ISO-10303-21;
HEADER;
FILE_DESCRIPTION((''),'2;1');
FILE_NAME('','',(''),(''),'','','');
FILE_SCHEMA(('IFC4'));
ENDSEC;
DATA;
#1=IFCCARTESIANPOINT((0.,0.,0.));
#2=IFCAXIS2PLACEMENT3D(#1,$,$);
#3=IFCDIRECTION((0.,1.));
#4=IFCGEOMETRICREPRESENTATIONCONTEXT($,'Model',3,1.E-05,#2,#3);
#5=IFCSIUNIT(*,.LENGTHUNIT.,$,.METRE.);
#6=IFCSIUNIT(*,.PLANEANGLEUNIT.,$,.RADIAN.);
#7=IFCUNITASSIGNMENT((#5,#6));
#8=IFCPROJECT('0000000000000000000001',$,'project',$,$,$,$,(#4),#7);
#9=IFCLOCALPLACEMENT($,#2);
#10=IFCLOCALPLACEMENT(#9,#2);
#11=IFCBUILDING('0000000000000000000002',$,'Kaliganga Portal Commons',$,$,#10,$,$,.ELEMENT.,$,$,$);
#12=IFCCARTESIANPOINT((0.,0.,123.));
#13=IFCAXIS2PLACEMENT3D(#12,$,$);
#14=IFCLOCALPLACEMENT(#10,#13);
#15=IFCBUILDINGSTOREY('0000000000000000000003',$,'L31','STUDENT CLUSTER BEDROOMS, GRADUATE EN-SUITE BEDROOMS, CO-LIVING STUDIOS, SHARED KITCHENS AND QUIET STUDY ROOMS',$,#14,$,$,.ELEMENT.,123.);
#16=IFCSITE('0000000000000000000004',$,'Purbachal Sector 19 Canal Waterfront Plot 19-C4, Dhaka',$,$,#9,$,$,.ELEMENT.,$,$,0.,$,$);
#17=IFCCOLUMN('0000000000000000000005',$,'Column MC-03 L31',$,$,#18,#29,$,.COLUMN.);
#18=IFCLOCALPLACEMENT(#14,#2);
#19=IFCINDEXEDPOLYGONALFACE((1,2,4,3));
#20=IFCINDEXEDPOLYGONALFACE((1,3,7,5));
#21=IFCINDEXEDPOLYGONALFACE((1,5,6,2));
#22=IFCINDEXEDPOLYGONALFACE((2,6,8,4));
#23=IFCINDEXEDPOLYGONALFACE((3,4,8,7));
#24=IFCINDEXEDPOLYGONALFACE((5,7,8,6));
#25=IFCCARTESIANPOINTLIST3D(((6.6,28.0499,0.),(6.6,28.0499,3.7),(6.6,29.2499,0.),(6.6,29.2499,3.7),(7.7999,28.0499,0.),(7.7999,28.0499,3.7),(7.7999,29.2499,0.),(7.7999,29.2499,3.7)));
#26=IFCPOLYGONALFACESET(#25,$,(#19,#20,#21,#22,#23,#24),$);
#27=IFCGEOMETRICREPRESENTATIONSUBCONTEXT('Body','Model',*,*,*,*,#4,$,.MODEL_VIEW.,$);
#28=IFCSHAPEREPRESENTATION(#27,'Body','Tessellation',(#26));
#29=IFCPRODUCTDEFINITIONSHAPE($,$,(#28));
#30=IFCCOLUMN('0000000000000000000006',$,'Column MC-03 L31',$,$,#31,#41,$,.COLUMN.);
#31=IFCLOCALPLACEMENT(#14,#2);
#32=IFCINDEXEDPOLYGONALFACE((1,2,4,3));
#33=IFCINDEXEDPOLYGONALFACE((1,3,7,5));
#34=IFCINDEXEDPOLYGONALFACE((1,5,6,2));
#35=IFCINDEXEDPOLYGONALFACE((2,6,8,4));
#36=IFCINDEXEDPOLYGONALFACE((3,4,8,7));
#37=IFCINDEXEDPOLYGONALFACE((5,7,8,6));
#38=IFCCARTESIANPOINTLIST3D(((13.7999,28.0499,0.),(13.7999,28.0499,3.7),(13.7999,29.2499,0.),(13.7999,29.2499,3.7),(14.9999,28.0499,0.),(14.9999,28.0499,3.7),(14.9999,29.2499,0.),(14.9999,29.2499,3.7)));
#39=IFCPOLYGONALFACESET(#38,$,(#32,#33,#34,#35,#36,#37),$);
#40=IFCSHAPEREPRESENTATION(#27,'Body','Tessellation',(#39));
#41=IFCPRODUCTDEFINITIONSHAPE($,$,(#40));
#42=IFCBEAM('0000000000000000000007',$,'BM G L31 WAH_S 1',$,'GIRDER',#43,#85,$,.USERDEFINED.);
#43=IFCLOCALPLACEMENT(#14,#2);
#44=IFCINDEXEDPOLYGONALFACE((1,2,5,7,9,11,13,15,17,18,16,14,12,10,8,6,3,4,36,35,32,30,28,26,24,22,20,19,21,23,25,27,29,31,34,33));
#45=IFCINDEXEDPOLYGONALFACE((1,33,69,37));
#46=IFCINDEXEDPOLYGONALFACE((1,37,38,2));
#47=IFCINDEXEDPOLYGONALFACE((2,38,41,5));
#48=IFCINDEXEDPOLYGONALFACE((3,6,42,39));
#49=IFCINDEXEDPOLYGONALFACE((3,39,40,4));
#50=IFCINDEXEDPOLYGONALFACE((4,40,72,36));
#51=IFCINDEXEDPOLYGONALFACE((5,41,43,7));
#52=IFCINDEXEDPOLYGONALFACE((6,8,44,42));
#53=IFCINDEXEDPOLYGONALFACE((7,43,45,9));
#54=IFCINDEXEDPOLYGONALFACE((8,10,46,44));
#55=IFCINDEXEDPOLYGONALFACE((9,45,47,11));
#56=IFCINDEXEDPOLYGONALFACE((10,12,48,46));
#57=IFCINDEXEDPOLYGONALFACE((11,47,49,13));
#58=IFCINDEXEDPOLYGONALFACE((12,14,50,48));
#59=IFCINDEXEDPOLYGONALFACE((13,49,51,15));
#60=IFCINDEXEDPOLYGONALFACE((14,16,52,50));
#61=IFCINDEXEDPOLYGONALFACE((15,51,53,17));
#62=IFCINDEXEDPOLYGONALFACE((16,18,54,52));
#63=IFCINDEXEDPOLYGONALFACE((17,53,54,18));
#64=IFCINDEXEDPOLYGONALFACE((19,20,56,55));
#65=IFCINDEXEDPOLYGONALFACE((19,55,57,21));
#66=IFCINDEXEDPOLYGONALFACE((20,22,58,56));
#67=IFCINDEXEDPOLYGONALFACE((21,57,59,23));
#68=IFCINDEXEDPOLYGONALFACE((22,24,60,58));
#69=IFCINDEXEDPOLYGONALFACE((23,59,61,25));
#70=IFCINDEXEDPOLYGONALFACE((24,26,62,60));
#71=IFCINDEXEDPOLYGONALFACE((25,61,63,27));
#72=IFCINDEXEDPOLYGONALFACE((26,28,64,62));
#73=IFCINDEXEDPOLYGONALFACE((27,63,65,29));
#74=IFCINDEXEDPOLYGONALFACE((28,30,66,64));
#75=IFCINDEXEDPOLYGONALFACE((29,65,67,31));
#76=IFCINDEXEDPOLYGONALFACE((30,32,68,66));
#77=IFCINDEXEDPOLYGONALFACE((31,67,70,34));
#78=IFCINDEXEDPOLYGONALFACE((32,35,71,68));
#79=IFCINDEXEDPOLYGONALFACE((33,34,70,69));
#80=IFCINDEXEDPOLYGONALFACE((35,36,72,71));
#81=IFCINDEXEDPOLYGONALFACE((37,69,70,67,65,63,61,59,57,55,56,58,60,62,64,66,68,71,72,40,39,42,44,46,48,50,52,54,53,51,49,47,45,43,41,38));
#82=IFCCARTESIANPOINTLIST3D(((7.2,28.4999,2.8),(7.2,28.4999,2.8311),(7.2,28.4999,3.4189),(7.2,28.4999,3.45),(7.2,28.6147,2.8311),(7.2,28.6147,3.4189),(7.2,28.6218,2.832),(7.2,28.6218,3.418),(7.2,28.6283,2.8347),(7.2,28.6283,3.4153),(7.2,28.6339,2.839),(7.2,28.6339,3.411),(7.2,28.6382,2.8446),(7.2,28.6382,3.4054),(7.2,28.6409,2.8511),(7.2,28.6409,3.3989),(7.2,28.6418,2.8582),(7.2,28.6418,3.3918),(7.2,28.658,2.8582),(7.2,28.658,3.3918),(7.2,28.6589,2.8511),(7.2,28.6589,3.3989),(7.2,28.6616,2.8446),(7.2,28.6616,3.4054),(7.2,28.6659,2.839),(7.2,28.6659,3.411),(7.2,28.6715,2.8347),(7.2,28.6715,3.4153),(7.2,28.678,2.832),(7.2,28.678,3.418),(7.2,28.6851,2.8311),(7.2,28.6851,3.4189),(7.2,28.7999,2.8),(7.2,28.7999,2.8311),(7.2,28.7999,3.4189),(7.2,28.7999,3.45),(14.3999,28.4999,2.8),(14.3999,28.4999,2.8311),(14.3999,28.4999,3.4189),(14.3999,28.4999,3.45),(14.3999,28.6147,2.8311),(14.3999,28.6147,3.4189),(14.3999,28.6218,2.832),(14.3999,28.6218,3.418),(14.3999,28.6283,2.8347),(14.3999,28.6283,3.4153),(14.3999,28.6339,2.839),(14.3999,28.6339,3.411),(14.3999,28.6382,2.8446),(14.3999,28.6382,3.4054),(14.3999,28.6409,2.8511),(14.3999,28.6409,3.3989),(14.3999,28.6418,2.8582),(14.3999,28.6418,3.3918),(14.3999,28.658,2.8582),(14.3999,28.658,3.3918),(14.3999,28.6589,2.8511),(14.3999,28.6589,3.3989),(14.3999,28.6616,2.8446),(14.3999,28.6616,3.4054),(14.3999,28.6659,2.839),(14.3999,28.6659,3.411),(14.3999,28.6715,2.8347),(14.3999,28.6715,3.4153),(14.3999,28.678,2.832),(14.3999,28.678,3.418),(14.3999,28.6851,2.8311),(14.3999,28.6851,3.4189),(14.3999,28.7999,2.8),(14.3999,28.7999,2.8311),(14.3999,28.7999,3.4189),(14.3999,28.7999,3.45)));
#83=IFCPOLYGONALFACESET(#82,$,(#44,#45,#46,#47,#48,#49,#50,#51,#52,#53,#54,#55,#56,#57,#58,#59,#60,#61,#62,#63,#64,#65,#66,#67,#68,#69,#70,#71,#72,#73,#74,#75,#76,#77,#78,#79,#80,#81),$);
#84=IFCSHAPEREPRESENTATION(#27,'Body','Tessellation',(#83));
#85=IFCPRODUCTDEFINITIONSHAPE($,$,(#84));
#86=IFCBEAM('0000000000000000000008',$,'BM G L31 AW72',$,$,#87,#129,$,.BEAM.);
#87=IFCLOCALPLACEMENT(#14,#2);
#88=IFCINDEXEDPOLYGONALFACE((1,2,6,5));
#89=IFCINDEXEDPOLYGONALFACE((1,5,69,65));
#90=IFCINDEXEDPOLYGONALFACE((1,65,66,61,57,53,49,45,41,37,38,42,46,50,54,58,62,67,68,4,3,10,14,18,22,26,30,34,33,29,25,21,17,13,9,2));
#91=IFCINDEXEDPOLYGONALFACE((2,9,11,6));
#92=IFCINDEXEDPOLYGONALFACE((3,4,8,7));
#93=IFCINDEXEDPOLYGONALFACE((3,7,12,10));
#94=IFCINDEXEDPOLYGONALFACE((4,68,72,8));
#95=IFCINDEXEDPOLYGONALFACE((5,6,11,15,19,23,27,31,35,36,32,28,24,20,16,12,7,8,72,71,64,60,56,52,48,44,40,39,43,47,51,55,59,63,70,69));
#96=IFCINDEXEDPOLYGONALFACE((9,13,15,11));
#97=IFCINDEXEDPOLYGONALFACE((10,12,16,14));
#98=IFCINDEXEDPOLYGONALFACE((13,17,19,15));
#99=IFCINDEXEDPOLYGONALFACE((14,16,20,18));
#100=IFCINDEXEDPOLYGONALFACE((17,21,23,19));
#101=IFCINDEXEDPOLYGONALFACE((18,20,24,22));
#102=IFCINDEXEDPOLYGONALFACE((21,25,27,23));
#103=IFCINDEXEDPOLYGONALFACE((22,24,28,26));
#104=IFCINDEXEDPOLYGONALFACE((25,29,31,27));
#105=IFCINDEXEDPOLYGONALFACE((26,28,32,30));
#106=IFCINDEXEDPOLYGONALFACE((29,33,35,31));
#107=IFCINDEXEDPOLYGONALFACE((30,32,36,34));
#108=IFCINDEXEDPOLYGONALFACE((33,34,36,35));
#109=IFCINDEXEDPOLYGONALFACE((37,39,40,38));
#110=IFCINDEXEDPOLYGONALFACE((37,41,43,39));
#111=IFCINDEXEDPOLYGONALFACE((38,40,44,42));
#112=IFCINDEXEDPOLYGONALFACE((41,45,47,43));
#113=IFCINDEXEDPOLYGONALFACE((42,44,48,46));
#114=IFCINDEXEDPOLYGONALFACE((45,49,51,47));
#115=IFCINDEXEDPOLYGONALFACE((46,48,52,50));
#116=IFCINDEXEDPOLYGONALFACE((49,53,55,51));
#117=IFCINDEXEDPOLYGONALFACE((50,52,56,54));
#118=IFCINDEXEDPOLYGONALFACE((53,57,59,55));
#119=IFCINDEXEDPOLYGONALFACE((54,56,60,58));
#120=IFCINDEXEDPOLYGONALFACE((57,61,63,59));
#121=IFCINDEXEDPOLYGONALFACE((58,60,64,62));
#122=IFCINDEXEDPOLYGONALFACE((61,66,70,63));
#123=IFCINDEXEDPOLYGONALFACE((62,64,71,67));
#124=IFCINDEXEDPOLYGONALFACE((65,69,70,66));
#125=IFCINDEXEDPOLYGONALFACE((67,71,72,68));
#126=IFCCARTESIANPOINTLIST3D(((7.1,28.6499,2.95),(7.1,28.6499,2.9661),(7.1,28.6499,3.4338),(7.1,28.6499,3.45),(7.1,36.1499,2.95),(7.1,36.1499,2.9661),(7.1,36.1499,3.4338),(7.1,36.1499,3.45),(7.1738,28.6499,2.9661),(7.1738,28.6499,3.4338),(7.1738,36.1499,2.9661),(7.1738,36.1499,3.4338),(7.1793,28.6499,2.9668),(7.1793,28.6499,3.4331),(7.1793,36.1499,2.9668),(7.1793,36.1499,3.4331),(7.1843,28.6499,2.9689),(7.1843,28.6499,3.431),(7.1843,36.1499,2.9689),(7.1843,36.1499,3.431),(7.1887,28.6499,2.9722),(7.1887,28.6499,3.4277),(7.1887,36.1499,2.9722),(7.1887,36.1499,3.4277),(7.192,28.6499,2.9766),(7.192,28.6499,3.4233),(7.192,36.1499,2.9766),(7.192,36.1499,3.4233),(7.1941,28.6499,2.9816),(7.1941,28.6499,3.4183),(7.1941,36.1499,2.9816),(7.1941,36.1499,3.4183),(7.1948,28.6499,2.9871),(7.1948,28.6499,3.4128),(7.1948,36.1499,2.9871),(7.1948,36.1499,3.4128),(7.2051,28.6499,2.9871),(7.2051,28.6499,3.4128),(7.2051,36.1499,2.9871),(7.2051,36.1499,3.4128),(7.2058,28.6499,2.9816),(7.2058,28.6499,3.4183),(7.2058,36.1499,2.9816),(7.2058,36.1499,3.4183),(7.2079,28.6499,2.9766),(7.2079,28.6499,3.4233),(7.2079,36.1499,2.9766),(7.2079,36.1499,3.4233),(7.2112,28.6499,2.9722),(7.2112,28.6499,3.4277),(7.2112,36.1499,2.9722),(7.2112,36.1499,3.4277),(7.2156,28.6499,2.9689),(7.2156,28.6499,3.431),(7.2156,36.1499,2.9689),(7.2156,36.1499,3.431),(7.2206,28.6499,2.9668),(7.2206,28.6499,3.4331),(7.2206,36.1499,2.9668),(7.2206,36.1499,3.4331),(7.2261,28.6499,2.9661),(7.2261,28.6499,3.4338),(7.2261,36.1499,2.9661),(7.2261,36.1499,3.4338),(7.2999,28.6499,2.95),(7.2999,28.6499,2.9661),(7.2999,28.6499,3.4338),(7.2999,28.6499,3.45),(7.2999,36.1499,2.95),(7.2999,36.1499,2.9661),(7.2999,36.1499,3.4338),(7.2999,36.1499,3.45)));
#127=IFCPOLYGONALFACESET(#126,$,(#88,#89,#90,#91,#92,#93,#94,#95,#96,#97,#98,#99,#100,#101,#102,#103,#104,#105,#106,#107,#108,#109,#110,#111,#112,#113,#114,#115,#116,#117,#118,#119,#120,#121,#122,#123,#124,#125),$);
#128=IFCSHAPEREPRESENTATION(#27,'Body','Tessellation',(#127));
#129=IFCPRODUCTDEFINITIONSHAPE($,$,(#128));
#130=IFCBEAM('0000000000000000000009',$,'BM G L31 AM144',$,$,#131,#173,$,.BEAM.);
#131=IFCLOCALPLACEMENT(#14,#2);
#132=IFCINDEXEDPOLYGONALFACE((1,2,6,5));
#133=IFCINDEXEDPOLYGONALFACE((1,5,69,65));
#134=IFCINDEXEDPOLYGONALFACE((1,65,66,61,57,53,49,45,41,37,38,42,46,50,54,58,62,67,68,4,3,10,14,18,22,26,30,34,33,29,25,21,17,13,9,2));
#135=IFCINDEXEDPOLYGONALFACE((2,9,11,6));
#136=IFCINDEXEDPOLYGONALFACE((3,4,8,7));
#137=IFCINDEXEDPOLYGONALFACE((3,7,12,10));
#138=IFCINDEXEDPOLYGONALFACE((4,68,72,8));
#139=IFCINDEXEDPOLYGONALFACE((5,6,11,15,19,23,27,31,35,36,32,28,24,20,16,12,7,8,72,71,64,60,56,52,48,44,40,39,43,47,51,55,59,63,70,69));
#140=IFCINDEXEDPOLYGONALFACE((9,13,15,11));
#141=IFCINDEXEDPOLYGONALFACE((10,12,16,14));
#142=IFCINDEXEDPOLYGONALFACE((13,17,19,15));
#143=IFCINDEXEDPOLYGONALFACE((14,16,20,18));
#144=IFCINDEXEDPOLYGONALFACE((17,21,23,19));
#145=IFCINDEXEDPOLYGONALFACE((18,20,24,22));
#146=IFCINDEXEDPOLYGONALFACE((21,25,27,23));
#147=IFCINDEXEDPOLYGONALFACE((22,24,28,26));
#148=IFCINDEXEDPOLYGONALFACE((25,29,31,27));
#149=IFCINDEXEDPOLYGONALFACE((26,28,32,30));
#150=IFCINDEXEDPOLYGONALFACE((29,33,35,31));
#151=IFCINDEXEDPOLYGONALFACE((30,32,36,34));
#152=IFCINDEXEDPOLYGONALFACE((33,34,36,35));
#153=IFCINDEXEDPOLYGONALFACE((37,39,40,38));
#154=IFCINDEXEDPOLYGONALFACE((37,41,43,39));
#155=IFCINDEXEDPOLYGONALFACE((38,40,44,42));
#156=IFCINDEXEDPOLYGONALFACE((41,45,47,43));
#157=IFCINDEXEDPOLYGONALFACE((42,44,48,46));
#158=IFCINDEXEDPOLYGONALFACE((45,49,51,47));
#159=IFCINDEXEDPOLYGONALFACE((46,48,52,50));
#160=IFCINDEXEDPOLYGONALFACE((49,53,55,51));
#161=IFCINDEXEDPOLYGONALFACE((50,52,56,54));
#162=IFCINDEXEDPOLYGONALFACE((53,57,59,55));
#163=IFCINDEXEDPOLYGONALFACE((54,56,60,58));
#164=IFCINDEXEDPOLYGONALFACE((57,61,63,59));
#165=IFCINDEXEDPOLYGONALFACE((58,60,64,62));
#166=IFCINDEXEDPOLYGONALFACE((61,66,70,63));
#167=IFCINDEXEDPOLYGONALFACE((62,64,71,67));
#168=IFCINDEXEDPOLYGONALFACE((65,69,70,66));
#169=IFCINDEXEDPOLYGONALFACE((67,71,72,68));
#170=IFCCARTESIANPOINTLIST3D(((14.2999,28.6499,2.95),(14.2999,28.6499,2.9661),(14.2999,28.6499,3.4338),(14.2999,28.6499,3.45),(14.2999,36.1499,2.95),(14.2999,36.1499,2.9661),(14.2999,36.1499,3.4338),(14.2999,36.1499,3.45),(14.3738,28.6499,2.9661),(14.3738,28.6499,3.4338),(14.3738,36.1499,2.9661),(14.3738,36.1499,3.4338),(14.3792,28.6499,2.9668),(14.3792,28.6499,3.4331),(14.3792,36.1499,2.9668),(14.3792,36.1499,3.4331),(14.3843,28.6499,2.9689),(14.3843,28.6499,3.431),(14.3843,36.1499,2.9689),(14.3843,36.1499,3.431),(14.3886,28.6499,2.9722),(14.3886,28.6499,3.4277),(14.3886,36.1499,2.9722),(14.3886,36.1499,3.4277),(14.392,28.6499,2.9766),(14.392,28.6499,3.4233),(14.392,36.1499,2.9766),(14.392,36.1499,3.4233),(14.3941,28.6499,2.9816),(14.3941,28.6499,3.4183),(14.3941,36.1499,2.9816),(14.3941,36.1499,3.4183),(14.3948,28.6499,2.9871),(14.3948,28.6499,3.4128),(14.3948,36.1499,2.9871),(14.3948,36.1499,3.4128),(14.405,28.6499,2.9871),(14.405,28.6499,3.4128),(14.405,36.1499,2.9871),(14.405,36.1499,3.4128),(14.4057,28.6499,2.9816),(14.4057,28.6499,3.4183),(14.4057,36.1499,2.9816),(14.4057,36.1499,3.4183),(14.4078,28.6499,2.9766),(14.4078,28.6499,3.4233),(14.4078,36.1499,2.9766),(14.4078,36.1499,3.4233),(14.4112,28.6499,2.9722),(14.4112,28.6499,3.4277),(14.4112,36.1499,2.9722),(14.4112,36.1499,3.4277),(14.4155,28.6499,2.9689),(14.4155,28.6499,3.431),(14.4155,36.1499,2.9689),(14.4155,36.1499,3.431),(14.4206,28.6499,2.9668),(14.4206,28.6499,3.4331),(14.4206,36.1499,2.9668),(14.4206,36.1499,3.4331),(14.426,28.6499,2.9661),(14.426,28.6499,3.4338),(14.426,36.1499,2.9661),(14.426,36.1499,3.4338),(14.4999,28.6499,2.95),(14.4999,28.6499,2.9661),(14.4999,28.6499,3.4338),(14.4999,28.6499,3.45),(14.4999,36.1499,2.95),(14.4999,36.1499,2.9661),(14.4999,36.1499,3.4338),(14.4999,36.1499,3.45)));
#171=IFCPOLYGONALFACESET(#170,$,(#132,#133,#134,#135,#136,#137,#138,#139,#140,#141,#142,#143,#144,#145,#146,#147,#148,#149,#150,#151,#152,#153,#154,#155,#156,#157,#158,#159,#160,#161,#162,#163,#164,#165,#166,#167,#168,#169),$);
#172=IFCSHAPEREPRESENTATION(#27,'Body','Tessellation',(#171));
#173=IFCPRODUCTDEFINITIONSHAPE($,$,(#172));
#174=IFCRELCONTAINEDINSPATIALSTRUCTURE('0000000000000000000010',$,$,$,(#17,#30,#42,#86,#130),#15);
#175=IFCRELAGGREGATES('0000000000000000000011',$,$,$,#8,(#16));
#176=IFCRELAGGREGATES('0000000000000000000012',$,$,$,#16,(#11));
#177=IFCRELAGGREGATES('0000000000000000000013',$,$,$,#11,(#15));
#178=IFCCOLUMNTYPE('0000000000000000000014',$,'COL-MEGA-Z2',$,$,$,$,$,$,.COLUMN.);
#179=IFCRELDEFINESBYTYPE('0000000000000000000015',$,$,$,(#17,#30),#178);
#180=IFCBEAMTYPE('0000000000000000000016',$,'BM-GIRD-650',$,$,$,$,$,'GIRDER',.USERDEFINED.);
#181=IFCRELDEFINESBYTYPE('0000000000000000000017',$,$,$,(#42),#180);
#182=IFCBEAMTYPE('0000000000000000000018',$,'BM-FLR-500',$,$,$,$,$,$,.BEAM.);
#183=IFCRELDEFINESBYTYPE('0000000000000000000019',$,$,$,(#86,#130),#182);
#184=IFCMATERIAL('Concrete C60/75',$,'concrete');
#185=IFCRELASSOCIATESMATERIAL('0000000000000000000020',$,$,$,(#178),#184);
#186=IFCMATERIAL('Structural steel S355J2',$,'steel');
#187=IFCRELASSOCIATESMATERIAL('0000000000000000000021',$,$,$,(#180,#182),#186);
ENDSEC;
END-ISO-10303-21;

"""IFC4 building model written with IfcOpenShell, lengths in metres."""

from ifc_helpers import new_model, si_unit, direction, frame, origin, origin_2d, place, context, subcontext, project, spatial, rectangle, i_section, extrude, source, transform, mapped, material, material_profile, profile_set, type_object, element, save


model = new_model("IFC4")

# Units and contexts
model_context = context("Model", 3, precision=1e-05, world=origin(), true_north=direction((0.0, 1.0)))
body_context = subcontext(model_context, "Body", "Model", "MODEL_VIEW")
ifc_project = project(units=[si_unit("LENGTHUNIT", "METRE"), si_unit("PLANEANGLEUNIT", "RADIAN")], contexts=[model_context])

# Site, building, storey
site_placement = place(None, origin())
site = spatial("IfcSite", under=ifc_project, at=site_placement, Name="Purbachal Sector 19 Canal Waterfront Plot 19-C4, Dhaka", CompositionType="ELEMENT", RefElevation=0.0)
building_placement = place(site_placement, origin())
building = spatial("IfcBuilding", under=site, at=building_placement, Name="Kaliganga Portal Commons", CompositionType="ELEMENT")
storey_placement = place(building_placement, frame((0.0, 0.0, 123.0)))
storey = spatial("IfcBuildingStorey", under=building, at=storey_placement, Name="L31", Description="STUDENT CLUSTER BEDROOMS, GRADUATE EN-SUITE BEDROOMS, CO-LIVING STUDIOS, SHARED KITCHENS AND QUIET STUDY ROOMS", CompositionType="ELEMENT", Elevation=123.0)

# Columns
ifc_material_1 = material(Name="Concrete C60/75", Category="concrete")
ifc_material_profile_1 = material_profile(ifc_material_1, rectangle(XDim=1.2, YDim=1.2, at=origin_2d()), Name="RC 1200x1200")
ifc_profile_set_1 = profile_set([ifc_material_profile_1], Name="Concrete C60/75")
column_type = type_object("IfcColumnType", Name="COL-MEGA-Z2", PredefinedType="COLUMN", material=ifc_profile_set_1)
shared_shape_1 = source(origin(), body_context, "Body", "SweptSolid", [
    extrude(rectangle(XDim=1.2, YDim=1.2, at=origin_2d()), origin(), (0.0, 0.0, 1.0), 3.7),
])
for number, where, z_axis, x_axis, name in (
    (1, (7.2, 28.6499, 0.0), (0.0, 0.0, 1.0), (1.0, 0.0, 0.0), "Column MC-03 L31"),
    (2, (14.3999, 28.6499, 0.0), (0.0, 0.0, 1.0), (1.0, 0.0, 0.0), "Column MC-03 L31"),
):
    element("IfcColumn", number, at=place(storey_placement, frame(where, z_axis=z_axis, x_axis=x_axis)), inside=storey, type_object=column_type, Name=name, PredefinedType="COLUMN", context=body_context, shape_type="MappedRepresentation", body=[
        mapped(shared_shape_1, transform((0.0, 0.0, 0.0), x_axis=(1.0, 0.0, 0.0), y_axis=(0.0, 1.0, 0.0), z_axis=(0.0, 0.0, 1.0), scale=1.0)),
    ])

# Beams
ifc_material_2 = material(Name="Structural steel S355J2", Category="steel")
ifc_material_profile_2 = material_profile(ifc_material_2, i_section(OverallWidth=0.3, OverallDepth=0.6499, WebThickness=0.0161, FlangeThickness=0.031, FilletRadius=0.0271, at=origin_2d()), Name="HE 650 B")
ifc_profile_set_2 = profile_set([ifc_material_profile_2], Name="Structural steel S355J2 wide-flange")
beam_type_1 = type_object("IfcBeamType", Name="BM-GIRD-650", ElementType="GIRDER", PredefinedType="USERDEFINED", material=ifc_profile_set_2)
shared_shape_2 = source(origin(), body_context, "Body", "SweptSolid", [
    extrude(i_section(OverallWidth=0.3, OverallDepth=0.6499, WebThickness=0.0161, FlangeThickness=0.031, FilletRadius=0.0271, at=origin_2d()), origin(), (0.0, 0.0, 1.0), 7.2),
])
beam_placement = place(storey_placement, frame((7.2, 28.6499, 3.125), z_axis=(1.0, 0.0, 0.0), x_axis=(0.0, 1.0, 0.0)))
element("IfcBeam", 3, at=beam_placement, inside=storey, type_object=beam_type_1, Name="BM G L31 WAH_S 1", ObjectType="GIRDER", PredefinedType="USERDEFINED", context=body_context, shape_type="MappedRepresentation", body=[
    mapped(shared_shape_2, transform((0.0, 0.0, 0.0), x_axis=(1.0, 0.0, 0.0), y_axis=(0.0, 1.0, 0.0), z_axis=(0.0, 0.0, 1.0), scale=1.0)),
])
ifc_material_profile_3 = material_profile(ifc_material_2, i_section(OverallWidth=0.2, OverallDepth=0.5, WebThickness=0.0103, FlangeThickness=0.0161, FilletRadius=0.021, at=origin_2d()), Name="IPE 500")
ifc_profile_set_3 = profile_set([ifc_material_profile_3], Name="Structural steel S355J2 wide-flange")
beam_type_2 = type_object("IfcBeamType", Name="BM-FLR-500", PredefinedType="BEAM", material=ifc_profile_set_3)
shared_shape_3 = source(origin(), body_context, "Body", "SweptSolid", [
    extrude(i_section(OverallWidth=0.2, OverallDepth=0.5, WebThickness=0.0103, FlangeThickness=0.0161, FilletRadius=0.021, at=origin_2d()), origin(), (0.0, 0.0, 1.0), 7.5),
])
for number, where, z_axis, x_axis, name in (
    (4, (7.2, 28.6499, 3.2), (0.0, 1.0, 0.0), (-1.0, 0.0, 0.0), "BM G L31 AW72"),
    (5, (14.3999, 28.6499, 3.2), (0.0, 1.0, 0.0), (-1.0, 0.0, 0.0), "BM G L31 AM144"),
):
    element("IfcBeam", number, at=place(storey_placement, frame(where, z_axis=z_axis, x_axis=x_axis)), inside=storey, type_object=beam_type_2, Name=name, PredefinedType="BEAM", context=body_context, shape_type="MappedRepresentation", body=[
        mapped(shared_shape_3, transform((0.0, 0.0, 0.0), x_axis=(1.0, 0.0, 0.0), y_axis=(0.0, 1.0, 0.0), z_axis=(0.0, 0.0, 1.0), scale=1.0)),
    ])

save(model, "model.ifc")
